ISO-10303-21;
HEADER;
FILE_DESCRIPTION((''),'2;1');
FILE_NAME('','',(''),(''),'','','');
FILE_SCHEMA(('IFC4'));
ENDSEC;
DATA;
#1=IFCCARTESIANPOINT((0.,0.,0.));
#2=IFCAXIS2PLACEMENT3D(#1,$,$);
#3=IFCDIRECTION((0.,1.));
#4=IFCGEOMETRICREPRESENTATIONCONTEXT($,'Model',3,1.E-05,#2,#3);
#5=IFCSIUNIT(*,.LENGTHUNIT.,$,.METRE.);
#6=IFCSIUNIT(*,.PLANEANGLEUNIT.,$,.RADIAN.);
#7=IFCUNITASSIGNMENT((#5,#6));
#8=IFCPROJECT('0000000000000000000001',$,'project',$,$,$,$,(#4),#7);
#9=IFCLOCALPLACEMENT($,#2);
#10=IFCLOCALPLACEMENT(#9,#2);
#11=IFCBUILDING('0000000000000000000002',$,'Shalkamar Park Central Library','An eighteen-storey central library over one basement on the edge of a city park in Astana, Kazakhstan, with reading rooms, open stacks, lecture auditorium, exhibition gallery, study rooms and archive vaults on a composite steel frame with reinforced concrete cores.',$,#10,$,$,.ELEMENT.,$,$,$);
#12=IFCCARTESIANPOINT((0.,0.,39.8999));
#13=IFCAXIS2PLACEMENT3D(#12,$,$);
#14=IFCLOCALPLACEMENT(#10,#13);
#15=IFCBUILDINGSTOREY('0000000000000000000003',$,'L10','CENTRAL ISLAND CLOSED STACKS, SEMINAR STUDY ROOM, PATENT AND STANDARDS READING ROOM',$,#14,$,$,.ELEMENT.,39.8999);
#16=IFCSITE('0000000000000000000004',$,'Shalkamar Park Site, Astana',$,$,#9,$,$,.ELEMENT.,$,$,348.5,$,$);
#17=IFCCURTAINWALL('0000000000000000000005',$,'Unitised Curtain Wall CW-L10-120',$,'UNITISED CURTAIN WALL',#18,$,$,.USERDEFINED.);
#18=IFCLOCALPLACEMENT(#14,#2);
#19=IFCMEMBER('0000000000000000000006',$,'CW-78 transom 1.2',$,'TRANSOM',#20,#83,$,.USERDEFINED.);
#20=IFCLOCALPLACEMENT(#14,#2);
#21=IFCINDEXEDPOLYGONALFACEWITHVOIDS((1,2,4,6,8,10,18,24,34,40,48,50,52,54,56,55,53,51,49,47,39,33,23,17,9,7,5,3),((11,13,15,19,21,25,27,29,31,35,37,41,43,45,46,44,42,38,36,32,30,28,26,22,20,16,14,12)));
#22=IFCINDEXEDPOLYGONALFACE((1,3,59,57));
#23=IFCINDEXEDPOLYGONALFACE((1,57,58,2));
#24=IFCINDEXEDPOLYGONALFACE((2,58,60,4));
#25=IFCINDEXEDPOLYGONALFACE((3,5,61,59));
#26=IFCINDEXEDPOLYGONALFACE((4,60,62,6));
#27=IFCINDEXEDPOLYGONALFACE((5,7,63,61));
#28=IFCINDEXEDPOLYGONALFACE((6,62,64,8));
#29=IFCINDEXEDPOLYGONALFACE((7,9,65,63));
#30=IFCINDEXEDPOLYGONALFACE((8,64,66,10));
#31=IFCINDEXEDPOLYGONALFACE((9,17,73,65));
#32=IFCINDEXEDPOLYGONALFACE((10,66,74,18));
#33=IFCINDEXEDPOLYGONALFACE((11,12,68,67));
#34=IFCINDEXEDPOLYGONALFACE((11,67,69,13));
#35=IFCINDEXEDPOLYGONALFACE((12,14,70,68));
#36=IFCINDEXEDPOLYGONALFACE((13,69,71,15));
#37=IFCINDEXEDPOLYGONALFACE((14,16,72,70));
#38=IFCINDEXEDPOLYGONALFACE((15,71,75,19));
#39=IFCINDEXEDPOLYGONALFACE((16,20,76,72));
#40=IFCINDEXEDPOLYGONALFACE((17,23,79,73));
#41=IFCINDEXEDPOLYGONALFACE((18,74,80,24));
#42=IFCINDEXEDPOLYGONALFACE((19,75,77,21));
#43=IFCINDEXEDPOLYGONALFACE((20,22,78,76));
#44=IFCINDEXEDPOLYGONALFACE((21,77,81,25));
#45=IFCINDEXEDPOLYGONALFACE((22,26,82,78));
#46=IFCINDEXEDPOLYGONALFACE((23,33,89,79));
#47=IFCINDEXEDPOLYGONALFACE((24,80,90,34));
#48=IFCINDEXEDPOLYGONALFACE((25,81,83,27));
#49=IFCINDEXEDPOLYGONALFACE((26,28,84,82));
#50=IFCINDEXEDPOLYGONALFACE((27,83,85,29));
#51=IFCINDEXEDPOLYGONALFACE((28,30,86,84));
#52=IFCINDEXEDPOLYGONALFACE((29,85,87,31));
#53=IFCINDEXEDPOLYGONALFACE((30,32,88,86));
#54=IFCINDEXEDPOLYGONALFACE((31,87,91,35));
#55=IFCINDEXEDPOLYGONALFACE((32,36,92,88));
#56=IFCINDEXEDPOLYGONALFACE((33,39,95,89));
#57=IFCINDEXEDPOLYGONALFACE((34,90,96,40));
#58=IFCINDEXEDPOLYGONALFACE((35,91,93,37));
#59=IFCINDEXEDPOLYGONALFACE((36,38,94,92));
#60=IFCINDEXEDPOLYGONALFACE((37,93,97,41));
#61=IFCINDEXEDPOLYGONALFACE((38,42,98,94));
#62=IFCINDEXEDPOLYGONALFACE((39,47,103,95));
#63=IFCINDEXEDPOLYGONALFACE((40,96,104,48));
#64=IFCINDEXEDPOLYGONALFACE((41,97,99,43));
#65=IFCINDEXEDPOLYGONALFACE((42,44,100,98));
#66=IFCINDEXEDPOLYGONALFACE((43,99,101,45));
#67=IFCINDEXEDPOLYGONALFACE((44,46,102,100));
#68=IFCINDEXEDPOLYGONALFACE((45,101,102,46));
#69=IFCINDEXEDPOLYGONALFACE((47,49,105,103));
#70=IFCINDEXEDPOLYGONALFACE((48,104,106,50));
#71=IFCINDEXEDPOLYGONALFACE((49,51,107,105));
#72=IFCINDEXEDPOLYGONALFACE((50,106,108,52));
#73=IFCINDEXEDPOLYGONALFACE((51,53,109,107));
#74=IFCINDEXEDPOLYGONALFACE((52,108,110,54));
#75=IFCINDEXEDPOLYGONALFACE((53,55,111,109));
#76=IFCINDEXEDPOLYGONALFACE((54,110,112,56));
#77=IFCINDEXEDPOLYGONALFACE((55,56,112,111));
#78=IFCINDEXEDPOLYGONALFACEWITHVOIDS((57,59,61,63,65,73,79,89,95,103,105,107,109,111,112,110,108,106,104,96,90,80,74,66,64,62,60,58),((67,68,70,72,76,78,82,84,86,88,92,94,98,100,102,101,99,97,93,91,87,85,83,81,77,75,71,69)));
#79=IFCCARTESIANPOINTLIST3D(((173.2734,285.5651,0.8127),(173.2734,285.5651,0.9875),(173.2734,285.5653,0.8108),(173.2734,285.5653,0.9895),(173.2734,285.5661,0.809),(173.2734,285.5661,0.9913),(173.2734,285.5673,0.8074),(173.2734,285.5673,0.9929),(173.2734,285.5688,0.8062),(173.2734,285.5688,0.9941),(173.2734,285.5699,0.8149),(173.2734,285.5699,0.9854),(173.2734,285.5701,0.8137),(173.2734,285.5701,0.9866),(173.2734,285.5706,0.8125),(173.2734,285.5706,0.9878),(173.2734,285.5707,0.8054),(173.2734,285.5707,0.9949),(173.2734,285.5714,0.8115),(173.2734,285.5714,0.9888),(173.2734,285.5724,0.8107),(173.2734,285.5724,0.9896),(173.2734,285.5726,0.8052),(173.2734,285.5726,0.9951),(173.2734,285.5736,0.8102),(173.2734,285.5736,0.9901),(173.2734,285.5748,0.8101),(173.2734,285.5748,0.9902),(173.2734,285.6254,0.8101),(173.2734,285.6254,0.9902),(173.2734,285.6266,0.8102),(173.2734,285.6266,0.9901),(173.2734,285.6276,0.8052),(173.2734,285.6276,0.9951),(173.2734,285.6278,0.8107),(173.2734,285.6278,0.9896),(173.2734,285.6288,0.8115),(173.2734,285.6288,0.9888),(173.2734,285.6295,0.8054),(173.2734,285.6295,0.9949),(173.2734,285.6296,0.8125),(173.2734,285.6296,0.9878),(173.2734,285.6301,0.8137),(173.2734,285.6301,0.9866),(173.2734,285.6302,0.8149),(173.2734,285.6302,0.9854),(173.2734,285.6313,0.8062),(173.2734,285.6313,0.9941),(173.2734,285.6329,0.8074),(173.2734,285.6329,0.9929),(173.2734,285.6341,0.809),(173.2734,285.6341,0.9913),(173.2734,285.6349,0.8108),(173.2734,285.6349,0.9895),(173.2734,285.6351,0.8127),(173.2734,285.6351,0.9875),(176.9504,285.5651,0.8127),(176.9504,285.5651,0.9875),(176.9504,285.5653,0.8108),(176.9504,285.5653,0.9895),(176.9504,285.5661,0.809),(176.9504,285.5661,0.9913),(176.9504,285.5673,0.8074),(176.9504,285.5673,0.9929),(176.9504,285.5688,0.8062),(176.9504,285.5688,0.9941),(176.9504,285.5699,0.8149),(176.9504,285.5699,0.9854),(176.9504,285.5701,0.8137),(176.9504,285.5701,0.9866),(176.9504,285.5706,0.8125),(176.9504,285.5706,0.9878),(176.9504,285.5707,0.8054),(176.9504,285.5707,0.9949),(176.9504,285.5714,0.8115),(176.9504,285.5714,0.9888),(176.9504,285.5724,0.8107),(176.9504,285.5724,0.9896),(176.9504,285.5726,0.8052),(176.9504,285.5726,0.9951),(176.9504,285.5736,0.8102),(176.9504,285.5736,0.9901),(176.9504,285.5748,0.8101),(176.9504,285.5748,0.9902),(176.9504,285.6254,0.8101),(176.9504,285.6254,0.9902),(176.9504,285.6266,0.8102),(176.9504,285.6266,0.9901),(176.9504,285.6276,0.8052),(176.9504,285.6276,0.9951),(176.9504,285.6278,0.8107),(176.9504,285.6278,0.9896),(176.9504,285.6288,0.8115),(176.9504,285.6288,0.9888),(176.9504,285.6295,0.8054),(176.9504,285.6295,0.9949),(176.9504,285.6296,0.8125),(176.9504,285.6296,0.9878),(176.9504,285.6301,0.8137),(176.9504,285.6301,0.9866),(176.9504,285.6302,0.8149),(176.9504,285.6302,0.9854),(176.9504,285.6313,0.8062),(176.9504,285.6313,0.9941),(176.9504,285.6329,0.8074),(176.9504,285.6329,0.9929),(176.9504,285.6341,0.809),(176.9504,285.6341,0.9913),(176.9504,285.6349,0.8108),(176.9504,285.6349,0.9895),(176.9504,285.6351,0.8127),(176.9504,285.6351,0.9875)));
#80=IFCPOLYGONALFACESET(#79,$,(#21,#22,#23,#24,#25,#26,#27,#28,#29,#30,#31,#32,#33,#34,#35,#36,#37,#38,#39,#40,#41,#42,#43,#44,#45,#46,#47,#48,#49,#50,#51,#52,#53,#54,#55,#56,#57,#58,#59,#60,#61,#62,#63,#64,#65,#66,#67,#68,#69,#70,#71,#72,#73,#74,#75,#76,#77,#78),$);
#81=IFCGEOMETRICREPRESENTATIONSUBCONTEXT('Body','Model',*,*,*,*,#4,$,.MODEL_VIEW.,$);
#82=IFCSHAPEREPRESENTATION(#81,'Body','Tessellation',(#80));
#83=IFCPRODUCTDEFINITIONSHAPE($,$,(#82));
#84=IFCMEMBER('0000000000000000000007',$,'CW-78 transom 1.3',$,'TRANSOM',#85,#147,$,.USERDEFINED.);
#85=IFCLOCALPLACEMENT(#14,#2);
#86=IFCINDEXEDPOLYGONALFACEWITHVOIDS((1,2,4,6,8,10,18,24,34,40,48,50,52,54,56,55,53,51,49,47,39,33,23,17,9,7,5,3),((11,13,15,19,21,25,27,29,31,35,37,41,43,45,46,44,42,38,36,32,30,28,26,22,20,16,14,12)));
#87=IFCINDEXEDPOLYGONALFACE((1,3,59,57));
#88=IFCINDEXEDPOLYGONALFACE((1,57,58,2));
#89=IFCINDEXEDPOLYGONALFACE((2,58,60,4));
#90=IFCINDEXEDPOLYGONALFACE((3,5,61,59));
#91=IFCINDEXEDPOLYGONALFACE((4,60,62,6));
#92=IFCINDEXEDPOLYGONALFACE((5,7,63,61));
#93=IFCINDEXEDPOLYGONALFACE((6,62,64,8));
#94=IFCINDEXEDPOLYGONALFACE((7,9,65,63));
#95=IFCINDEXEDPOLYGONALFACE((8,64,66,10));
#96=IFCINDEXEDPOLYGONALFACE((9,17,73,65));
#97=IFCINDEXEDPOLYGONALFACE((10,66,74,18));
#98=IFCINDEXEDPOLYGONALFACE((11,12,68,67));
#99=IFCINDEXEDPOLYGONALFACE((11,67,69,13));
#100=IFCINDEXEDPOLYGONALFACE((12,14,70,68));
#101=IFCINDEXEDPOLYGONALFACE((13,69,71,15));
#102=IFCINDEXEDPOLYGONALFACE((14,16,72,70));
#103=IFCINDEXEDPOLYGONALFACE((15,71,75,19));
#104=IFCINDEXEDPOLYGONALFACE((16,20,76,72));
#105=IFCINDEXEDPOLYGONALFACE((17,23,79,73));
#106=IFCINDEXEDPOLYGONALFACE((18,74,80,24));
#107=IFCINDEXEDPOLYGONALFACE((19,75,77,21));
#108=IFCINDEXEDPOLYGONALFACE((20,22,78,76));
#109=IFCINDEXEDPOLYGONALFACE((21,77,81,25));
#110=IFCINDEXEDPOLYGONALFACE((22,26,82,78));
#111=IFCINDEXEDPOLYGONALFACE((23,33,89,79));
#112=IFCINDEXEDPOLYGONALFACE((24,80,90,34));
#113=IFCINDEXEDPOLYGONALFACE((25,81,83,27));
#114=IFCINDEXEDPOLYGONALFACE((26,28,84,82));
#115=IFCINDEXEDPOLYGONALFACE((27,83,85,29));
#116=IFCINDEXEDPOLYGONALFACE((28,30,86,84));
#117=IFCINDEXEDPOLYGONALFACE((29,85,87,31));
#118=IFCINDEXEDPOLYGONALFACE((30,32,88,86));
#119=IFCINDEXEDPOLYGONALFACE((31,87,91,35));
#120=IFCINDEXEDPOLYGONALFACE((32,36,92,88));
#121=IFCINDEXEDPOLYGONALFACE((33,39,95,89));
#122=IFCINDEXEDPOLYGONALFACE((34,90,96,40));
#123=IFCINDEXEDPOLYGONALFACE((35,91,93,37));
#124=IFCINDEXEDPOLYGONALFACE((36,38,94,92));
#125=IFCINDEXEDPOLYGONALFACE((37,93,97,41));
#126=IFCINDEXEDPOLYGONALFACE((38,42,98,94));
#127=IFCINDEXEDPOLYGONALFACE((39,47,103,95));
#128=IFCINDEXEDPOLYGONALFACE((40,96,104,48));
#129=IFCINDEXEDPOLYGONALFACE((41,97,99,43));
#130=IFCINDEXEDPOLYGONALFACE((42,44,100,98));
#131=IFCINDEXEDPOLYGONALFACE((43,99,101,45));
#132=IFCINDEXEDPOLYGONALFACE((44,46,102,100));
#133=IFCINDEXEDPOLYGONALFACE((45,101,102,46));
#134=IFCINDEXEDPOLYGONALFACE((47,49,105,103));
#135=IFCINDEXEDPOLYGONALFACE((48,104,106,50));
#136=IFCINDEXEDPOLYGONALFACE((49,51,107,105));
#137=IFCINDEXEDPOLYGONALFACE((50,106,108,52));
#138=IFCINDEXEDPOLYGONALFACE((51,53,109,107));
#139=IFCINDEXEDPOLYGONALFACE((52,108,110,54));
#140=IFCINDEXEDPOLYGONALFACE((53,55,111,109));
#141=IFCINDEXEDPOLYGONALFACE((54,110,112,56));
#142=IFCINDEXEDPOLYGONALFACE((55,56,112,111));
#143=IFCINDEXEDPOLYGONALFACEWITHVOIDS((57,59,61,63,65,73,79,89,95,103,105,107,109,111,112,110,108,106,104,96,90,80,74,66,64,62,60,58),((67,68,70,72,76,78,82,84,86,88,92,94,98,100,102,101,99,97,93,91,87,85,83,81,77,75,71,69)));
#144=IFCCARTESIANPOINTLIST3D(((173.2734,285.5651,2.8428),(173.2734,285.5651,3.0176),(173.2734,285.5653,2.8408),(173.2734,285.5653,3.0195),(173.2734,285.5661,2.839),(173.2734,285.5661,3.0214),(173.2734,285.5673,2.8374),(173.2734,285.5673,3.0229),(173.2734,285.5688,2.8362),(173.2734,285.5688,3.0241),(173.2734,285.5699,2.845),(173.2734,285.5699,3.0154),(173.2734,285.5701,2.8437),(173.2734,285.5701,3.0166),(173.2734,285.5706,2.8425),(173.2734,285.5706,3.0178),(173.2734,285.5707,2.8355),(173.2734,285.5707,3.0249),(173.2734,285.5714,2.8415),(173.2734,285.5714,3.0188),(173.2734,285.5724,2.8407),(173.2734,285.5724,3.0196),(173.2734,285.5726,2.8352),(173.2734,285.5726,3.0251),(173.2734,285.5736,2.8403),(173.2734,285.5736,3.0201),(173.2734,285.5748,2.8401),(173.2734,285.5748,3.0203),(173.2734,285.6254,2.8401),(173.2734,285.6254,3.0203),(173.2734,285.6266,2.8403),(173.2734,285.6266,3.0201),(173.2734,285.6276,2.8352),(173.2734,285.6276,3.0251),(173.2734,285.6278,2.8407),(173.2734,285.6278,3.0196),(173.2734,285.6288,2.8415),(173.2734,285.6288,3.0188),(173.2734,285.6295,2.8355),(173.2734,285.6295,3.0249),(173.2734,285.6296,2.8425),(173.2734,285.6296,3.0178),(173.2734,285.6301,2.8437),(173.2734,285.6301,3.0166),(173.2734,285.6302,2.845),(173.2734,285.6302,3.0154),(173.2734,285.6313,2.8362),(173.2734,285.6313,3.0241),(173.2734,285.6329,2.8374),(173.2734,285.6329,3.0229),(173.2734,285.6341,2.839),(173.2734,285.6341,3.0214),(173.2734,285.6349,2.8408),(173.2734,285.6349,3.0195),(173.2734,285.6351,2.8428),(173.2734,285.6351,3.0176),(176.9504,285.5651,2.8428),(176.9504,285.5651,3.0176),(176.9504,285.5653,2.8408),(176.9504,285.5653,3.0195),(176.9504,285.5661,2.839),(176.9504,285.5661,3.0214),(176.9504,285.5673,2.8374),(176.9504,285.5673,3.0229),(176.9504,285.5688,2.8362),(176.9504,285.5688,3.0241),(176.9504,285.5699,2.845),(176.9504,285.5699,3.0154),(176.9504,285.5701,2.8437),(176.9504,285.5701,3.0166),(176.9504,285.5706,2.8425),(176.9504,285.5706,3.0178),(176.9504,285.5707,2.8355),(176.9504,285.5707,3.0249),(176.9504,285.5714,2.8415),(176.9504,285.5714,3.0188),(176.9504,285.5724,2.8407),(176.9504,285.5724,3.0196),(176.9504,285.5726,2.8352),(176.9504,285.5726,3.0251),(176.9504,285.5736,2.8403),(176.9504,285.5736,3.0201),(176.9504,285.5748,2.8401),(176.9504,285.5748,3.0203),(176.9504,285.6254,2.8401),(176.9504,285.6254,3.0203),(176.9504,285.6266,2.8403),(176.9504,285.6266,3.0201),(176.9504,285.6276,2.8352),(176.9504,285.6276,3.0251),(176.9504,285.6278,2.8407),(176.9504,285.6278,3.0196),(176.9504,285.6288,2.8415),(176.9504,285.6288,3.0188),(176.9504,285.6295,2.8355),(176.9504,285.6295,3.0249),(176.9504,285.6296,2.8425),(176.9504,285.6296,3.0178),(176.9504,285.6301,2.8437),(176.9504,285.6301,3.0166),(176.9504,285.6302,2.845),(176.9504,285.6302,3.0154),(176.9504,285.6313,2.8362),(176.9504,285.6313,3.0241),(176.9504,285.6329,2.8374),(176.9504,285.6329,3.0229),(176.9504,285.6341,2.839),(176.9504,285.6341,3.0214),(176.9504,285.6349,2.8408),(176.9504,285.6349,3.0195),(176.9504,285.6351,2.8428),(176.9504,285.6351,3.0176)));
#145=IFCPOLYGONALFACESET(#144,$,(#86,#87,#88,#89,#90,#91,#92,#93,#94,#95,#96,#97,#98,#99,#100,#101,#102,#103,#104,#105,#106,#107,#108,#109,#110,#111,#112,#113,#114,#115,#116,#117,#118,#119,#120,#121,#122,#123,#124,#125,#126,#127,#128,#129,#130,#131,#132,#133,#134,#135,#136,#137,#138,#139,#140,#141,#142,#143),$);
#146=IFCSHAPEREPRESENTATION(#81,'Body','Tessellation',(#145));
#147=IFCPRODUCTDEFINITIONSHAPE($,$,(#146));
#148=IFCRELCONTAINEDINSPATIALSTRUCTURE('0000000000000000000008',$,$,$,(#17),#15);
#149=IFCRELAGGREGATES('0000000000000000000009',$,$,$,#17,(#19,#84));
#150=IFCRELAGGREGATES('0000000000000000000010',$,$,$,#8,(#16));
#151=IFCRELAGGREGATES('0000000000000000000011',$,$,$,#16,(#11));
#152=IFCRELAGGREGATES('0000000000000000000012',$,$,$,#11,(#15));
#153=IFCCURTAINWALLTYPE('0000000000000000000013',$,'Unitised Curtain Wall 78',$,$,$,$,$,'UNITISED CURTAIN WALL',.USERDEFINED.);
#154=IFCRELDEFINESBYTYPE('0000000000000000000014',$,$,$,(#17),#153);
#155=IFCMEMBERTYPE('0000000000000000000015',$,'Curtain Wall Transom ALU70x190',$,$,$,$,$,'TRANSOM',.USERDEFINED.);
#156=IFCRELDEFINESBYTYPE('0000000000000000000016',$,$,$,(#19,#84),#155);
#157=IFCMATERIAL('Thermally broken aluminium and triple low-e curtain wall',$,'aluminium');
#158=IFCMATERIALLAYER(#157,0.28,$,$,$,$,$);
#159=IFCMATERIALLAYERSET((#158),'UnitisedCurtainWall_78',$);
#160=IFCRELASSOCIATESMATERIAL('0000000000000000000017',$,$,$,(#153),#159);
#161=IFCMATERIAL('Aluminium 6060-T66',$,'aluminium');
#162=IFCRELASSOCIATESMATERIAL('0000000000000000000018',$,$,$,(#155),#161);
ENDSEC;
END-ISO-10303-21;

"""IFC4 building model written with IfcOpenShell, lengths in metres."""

from ifc_helpers import new_model, si_unit, direction, frame, origin, origin_2d, place, context, subcontext, project, spatial, hollow_rectangle, extrude, material, layer, layer_set, material_profile, profile_set, type_object, element, aggregate, save


model = new_model("IFC4")

# Units and contexts
model_context = context("Model", 3, precision=1e-05, world=origin(), true_north=direction((0.0, 1.0)))
body_context = subcontext(model_context, "Body", "Model", "MODEL_VIEW")
ifc_project = project(units=[si_unit("LENGTHUNIT", "METRE"), si_unit("PLANEANGLEUNIT", "RADIAN")], contexts=[model_context])

# Site, building, storey
site_placement = place(None, origin())
site = spatial("IfcSite", under=ifc_project, at=site_placement, Name="Shalkamar Park Site, Astana", CompositionType="ELEMENT", RefElevation=348.5)
building_placement = place(site_placement, origin())
building = spatial("IfcBuilding", under=site, at=building_placement, Name="Shalkamar Park Central Library", Description="An eighteen-storey central library over one basement on the edge of a city park in Astana, Kazakhstan, with reading rooms, open stacks, lecture auditorium, exhibition gallery, study rooms and archive vaults on a composite steel frame with reinforced concrete cores.", CompositionType="ELEMENT")
storey_placement = place(building_placement, frame((0.0, 0.0, 39.8999)))
storey = spatial("IfcBuildingStorey", under=building, at=storey_placement, Name="L10", Description="CENTRAL ISLAND CLOSED STACKS, SEMINAR STUDY ROOM, PATENT AND STANDARDS READING ROOM", CompositionType="ELEMENT", Elevation=39.8999)

# Curtain wall
ifc_material_1 = material(Name="Thermally broken aluminium and triple low-e curtain wall", Category="aluminium")
ifc_material_2 = material(Name="Aluminium 6060-T66", Category="aluminium")
ifc_layer_1 = layer(ifc_material_1, 0.28)
ifc_layer_set_1 = layer_set([ifc_layer_1], Name="UnitisedCurtainWall_78")
curtain_wall_type_1 = type_object("IfcCurtainWallType", Name="Unitised Curtain Wall 78", ElementType="UNITISED CURTAIN WALL", PredefinedType="USERDEFINED", material=ifc_layer_set_1)
curtain_wall_1_placement = place(storey_placement, origin())
curtain_wall_1 = element("IfcCurtainWall", 1, at=curtain_wall_1_placement, inside=storey, type_object=curtain_wall_type_1, Name="Unitised Curtain Wall CW-L10-120", ObjectType="UNITISED CURTAIN WALL", PredefinedType="USERDEFINED")

# Members
ifc_material_profile_1 = material_profile(ifc_material_2, hollow_rectangle(XDim=0.0701, YDim=0.1899, WallThickness=0.0049, InnerFilletRadius=0.0049, OuterFilletRadius=0.0076, at=origin_2d()), Name="ALU 70x190x5")
ifc_profile_set_1 = profile_set([ifc_material_profile_1], Name="Aluminium 6060-T66")
member_type_1 = type_object("IfcMemberType", Name="Curtain Wall Transom ALU70x190", ElementType="TRANSOM", PredefinedType="USERDEFINED", material=ifc_profile_set_1)
member_1_placement = place(storey_placement, frame((173.2734, 285.6001, 0.9001), z_axis=(1.0, 0.0, 0.0), x_axis=(0.0, 1.0, 0.0)))
member_1 = element("IfcMember", 2, at=member_1_placement, type_object=member_type_1, Name="CW-78 transom 1.2", ObjectType="TRANSOM", PredefinedType="USERDEFINED", context=body_context, shape_type="SweptSolid", body=[
    extrude(hollow_rectangle(XDim=0.0701, YDim=0.1899, WallThickness=0.0049, InnerFilletRadius=0.0049, OuterFilletRadius=0.0076, at=origin_2d()), origin(), (0.0, 0.0, 1.0), 3.677),
])
member_2_placement = place(storey_placement, frame((173.2734, 285.6001, 2.9302), z_axis=(1.0, 0.0, 0.0), x_axis=(0.0, 1.0, 0.0)))
member_2 = element("IfcMember", 3, at=member_2_placement, type_object=member_type_1, Name="CW-78 transom 1.3", ObjectType="TRANSOM", PredefinedType="USERDEFINED", context=body_context, shape_type="SweptSolid", body=[
    extrude(hollow_rectangle(XDim=0.0701, YDim=0.1899, WallThickness=0.0049, InnerFilletRadius=0.0049, OuterFilletRadius=0.0076, at=origin_2d()), origin(), (0.0, 0.0, 1.0), 3.677),
])

aggregate(curtain_wall_1, [member_1, member_2])

save(model, "model.ifc")
